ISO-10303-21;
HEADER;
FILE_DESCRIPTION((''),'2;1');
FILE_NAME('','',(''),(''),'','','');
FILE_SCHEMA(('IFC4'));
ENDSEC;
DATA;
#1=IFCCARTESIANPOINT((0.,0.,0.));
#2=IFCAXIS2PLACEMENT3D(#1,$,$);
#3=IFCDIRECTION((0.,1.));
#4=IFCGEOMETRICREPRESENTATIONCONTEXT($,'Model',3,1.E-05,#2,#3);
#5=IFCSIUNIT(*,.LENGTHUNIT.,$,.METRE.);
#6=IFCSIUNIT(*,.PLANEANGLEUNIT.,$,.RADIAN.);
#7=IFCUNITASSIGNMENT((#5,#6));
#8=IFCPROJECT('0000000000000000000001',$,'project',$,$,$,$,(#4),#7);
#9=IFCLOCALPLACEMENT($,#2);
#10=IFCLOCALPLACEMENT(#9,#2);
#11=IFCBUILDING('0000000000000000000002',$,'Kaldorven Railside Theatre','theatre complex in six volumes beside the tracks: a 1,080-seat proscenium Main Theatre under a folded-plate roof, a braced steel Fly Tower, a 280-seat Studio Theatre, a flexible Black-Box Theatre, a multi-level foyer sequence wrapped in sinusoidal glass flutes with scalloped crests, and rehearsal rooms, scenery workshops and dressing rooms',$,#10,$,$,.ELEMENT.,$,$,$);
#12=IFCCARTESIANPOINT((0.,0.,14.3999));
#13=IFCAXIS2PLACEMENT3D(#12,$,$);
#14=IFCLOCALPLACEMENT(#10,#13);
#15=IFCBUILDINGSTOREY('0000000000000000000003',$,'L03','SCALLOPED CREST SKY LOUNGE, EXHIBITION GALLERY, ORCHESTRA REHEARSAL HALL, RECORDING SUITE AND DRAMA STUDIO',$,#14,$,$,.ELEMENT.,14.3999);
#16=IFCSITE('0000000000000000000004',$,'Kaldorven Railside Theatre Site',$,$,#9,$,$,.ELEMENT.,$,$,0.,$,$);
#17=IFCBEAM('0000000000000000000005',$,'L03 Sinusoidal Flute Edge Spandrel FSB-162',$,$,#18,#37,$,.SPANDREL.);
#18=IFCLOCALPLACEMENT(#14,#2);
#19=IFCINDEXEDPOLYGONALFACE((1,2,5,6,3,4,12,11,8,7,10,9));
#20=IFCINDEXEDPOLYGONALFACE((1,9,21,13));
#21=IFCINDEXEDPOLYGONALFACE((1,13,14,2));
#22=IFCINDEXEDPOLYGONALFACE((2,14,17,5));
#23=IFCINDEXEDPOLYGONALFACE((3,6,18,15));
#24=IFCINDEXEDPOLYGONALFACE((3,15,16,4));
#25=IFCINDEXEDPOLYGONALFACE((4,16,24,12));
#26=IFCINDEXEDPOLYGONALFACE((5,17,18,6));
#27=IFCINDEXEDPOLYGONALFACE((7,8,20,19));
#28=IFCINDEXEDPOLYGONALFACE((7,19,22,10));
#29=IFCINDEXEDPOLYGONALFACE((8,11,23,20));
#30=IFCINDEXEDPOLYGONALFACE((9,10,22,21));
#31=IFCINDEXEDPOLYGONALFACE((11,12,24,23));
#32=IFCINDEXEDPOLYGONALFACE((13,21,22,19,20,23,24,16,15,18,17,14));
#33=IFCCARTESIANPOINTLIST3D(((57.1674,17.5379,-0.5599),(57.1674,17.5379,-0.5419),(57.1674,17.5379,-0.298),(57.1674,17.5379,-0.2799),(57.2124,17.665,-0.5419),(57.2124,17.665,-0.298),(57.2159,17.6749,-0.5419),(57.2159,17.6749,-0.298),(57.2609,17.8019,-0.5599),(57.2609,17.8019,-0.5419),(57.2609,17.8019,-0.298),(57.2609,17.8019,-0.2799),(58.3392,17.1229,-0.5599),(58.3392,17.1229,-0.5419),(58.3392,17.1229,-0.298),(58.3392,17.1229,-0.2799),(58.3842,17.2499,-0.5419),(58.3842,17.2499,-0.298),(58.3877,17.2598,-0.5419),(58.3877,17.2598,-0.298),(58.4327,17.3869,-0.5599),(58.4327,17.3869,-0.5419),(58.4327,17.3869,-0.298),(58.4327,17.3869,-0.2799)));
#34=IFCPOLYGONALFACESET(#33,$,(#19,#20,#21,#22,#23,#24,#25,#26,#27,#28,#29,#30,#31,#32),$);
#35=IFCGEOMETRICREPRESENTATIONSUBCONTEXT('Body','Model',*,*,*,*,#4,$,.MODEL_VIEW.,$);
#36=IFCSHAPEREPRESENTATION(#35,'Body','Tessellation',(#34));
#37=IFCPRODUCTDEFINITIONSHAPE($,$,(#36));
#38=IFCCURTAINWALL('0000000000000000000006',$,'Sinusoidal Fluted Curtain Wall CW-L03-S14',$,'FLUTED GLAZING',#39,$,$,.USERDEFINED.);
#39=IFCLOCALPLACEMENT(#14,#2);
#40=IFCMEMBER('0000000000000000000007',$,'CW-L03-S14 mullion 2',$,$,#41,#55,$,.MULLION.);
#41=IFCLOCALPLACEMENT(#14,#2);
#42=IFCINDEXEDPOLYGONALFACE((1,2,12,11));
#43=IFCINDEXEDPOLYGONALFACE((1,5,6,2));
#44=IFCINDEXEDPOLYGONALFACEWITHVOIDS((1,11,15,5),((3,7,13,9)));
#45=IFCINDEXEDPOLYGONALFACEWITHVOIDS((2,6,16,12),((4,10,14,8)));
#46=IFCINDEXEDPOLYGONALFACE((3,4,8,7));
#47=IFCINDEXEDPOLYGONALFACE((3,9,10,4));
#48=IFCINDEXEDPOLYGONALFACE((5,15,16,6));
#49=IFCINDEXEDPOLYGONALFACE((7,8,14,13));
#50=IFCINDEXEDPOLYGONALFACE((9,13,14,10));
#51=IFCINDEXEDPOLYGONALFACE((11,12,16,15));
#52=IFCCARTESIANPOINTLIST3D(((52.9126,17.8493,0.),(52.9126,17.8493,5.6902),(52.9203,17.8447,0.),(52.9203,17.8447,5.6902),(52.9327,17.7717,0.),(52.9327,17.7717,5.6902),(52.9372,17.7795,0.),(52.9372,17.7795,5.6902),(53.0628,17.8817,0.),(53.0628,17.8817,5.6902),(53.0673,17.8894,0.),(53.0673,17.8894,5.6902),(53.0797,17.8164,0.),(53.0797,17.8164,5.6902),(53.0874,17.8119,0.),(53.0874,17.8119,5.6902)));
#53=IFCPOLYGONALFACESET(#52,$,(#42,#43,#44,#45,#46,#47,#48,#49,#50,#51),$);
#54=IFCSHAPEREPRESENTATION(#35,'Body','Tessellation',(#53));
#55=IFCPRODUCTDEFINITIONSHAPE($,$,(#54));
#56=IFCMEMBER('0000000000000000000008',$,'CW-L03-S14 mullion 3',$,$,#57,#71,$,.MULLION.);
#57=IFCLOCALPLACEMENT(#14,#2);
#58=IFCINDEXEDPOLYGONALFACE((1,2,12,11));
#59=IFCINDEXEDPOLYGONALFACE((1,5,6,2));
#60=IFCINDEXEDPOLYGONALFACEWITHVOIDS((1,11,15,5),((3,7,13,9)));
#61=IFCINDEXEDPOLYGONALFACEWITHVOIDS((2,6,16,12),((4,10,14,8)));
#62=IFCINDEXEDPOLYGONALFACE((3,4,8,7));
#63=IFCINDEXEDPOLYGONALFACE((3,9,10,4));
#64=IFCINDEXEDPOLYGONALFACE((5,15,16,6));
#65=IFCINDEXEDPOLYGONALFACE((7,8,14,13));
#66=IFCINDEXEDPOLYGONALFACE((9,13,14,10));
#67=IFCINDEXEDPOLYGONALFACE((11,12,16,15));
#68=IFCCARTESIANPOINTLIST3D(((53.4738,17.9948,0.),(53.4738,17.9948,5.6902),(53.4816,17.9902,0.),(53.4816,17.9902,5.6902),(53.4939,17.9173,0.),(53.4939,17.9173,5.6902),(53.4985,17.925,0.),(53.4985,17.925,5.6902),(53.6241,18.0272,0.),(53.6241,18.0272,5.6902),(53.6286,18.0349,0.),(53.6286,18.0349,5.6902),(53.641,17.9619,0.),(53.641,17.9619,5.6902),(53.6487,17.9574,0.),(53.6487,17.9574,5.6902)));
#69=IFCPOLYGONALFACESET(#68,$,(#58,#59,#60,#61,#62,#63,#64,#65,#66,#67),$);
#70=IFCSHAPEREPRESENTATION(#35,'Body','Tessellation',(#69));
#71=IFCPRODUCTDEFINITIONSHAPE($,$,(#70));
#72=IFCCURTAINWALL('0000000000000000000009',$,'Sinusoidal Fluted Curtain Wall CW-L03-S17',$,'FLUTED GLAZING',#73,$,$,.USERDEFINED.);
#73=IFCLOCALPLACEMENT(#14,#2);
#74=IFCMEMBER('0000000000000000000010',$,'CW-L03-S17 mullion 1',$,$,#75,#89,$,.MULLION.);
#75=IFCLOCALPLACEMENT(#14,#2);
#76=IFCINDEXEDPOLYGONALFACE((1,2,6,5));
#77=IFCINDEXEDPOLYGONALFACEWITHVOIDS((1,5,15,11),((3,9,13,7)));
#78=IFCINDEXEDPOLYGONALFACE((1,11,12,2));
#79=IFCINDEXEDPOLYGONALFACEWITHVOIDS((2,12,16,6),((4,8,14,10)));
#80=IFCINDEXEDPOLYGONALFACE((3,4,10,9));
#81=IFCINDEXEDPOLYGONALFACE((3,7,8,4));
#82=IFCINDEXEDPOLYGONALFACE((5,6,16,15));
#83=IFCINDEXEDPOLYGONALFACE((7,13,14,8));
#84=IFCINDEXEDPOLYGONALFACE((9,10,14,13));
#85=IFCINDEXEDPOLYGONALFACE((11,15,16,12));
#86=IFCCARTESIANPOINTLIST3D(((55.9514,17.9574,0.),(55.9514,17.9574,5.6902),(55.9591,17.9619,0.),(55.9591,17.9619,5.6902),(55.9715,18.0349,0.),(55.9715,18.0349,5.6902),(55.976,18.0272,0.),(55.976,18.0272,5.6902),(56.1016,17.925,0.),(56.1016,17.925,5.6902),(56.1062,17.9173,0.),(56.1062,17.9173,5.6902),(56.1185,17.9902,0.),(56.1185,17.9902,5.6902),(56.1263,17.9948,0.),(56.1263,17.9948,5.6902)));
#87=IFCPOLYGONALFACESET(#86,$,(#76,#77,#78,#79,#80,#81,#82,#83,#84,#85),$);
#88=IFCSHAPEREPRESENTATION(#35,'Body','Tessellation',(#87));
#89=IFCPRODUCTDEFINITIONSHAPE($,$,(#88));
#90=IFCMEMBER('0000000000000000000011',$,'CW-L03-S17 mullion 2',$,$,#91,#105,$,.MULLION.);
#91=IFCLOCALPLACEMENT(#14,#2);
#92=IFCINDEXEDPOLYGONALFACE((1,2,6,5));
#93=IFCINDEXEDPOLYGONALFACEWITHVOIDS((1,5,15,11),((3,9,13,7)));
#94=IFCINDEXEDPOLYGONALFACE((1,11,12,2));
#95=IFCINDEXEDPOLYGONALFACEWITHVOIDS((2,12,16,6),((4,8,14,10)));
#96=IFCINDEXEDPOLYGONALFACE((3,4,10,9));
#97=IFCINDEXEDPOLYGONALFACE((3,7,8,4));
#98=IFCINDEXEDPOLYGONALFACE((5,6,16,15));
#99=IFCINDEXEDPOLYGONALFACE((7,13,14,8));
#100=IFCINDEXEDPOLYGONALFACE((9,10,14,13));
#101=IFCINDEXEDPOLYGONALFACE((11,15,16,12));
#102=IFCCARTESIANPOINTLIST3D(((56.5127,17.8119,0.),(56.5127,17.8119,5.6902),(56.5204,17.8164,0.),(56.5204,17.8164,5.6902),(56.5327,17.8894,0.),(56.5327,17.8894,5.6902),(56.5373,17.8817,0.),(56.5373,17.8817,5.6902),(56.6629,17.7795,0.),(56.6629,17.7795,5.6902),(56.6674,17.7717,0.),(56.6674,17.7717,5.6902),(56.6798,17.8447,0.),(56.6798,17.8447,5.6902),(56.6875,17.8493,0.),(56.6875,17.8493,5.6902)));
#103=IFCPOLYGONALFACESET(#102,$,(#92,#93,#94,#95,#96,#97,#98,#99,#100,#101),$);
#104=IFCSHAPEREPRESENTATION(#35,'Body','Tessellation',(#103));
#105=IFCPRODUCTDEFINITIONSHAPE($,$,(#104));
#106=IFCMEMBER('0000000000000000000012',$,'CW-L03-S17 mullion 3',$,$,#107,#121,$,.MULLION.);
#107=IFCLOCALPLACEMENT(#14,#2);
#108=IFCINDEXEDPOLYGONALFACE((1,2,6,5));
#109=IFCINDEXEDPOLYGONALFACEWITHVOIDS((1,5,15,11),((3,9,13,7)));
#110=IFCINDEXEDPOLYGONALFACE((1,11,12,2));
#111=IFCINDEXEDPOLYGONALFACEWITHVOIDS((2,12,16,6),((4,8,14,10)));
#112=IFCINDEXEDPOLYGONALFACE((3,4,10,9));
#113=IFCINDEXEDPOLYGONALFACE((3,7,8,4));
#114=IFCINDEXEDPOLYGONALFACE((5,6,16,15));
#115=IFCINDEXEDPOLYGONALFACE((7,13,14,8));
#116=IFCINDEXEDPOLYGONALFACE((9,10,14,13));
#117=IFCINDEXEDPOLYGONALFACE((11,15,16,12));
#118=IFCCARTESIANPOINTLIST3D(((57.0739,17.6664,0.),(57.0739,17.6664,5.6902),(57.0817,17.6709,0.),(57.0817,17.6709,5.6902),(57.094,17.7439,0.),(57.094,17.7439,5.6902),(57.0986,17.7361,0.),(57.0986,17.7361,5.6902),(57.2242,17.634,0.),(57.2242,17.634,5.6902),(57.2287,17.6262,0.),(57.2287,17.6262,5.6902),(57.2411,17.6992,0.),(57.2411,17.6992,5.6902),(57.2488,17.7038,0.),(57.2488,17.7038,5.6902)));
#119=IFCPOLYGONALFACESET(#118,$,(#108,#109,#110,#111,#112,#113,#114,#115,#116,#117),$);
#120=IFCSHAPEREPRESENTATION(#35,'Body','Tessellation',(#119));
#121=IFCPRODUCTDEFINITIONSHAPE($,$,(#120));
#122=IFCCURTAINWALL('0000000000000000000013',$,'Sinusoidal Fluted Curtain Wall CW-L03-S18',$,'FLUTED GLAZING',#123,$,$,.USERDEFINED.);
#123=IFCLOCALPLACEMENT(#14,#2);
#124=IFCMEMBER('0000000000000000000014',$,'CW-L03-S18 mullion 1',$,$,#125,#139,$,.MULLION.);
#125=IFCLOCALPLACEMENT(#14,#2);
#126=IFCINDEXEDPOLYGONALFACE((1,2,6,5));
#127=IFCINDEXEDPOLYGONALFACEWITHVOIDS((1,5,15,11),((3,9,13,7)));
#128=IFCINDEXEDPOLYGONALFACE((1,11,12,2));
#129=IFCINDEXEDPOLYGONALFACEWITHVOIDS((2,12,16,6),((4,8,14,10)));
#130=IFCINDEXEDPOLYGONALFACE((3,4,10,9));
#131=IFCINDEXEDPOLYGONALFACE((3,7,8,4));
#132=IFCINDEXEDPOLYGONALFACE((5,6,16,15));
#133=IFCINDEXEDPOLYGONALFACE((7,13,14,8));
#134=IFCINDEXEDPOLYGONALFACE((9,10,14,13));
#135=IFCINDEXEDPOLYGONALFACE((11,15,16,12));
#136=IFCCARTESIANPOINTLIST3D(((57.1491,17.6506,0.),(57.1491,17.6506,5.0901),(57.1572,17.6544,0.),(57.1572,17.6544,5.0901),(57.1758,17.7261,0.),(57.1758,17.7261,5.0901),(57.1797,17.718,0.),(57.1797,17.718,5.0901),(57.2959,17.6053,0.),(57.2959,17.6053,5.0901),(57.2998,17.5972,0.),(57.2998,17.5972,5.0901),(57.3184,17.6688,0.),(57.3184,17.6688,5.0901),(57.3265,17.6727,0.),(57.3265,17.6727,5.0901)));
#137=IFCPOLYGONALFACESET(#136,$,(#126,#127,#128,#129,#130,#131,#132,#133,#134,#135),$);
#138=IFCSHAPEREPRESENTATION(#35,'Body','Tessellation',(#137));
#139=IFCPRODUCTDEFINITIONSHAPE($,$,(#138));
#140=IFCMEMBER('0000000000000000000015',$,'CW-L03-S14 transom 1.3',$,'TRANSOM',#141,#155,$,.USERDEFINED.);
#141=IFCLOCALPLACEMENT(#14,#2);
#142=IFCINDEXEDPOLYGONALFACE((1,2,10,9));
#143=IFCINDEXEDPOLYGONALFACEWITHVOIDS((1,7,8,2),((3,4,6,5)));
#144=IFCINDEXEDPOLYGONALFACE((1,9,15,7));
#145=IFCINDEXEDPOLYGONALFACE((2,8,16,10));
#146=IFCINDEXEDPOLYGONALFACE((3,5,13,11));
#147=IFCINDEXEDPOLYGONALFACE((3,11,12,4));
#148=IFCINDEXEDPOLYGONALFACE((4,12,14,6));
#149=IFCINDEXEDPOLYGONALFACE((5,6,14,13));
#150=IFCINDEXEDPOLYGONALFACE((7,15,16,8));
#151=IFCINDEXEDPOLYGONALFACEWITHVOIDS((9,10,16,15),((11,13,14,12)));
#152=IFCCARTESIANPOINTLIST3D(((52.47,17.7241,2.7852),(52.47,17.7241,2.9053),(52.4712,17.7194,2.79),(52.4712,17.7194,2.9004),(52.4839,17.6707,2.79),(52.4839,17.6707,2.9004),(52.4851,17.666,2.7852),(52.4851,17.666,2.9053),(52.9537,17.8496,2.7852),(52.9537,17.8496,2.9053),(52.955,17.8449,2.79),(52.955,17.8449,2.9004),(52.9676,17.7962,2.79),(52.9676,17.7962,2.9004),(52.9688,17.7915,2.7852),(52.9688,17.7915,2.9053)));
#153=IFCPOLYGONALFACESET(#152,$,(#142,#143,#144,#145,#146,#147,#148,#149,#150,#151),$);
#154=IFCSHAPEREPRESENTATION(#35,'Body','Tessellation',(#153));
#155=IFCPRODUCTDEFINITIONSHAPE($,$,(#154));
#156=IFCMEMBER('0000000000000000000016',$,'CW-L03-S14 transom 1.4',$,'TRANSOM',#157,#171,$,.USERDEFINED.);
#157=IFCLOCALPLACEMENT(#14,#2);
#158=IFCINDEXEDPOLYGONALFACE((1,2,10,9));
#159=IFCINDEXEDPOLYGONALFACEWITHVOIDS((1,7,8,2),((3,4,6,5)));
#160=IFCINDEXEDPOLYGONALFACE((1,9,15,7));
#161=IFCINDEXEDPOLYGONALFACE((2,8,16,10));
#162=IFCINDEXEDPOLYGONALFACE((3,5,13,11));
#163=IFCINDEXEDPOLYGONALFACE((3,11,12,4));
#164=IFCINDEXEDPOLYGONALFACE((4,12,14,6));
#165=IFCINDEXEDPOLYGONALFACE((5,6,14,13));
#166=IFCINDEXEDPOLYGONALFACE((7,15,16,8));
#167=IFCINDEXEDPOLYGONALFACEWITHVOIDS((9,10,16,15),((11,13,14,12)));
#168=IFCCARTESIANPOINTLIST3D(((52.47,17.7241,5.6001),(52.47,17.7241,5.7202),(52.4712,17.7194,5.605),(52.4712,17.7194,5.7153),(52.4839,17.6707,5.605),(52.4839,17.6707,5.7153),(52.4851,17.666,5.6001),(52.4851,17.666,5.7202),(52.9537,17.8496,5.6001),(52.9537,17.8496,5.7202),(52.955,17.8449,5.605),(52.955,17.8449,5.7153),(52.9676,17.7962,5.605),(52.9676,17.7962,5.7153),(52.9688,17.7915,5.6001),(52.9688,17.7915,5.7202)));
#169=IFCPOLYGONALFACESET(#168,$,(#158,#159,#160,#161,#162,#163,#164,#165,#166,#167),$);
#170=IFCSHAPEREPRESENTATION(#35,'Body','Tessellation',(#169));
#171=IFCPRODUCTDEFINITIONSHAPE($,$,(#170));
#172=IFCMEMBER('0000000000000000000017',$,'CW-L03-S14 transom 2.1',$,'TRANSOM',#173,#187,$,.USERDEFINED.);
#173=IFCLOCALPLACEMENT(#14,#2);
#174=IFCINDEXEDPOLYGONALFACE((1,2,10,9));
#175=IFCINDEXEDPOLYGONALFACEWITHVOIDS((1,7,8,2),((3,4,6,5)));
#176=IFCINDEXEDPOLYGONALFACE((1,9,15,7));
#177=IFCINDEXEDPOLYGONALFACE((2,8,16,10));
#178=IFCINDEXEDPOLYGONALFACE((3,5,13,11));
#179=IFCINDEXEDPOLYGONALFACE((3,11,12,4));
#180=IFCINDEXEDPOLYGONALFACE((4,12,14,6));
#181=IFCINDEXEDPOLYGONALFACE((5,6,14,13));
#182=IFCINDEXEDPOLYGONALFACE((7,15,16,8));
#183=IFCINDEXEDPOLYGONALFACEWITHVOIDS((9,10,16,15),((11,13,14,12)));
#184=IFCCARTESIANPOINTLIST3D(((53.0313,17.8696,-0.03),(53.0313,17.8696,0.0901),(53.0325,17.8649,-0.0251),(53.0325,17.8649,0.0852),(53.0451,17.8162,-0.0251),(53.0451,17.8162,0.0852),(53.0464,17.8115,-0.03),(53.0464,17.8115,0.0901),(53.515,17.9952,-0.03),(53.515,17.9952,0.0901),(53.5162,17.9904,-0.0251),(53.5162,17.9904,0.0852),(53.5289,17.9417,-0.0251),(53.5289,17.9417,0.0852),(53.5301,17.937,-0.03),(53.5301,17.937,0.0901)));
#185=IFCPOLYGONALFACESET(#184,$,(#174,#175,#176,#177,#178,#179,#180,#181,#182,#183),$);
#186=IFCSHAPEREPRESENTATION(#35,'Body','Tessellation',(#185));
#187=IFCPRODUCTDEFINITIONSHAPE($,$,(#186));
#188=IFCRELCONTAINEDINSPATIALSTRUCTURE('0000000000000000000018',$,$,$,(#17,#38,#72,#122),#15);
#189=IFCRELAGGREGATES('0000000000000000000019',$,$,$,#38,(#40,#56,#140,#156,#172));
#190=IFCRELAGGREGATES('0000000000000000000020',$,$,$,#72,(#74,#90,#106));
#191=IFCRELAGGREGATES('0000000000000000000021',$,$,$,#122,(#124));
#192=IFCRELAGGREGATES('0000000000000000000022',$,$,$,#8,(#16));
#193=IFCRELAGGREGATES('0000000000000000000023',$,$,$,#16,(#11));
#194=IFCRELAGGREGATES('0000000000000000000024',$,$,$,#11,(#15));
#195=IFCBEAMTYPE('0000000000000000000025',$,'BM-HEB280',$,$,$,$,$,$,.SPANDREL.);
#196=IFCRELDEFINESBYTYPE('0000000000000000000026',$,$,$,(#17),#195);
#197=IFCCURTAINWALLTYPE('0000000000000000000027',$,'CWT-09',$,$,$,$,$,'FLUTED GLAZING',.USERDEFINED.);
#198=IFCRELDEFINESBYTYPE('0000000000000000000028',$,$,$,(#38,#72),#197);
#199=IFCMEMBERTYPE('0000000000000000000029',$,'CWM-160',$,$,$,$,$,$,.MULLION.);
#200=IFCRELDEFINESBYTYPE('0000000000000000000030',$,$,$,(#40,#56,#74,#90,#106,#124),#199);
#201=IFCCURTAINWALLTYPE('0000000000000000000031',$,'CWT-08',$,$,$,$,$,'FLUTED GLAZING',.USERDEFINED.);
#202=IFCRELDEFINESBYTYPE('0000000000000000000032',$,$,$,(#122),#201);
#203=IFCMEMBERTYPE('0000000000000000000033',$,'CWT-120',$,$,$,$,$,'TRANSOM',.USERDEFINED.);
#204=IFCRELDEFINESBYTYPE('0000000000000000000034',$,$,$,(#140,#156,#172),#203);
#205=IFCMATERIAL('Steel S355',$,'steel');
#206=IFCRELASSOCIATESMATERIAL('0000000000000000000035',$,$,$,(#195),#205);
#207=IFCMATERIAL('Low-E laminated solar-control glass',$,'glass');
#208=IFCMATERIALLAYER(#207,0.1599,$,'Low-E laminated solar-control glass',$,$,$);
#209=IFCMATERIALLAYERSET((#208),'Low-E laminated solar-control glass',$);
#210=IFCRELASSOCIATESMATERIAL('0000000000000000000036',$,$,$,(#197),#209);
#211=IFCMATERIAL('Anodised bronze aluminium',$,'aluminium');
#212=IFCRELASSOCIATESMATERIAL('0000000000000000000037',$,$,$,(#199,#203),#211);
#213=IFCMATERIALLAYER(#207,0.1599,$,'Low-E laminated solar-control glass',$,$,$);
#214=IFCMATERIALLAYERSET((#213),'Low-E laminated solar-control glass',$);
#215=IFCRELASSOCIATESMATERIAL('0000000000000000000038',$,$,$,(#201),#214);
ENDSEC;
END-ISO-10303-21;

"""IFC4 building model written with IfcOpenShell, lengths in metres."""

from ifc_helpers import new_model, si_unit, direction, frame, origin, origin_2d, place, context, subcontext, project, spatial, hollow_rectangle, i_section, extrude, material, layer, layer_set, material_profile, profile_set, type_object, element, aggregate, save


model = new_model("IFC4")

# Units and contexts
model_context = context("Model", 3, precision=1e-05, world=origin(), true_north=direction((0.0, 1.0)))
body_context = subcontext(model_context, "Body", "Model", "MODEL_VIEW")
ifc_project = project(units=[si_unit("LENGTHUNIT", "METRE"), si_unit("PLANEANGLEUNIT", "RADIAN")], contexts=[model_context])

# Site, building, storey
site_placement = place(None, origin())
site = spatial("IfcSite", under=ifc_project, at=site_placement, Name="Kaldorven Railside Theatre Site", CompositionType="ELEMENT", RefElevation=0.0)
building_placement = place(site_placement, origin())
building = spatial("IfcBuilding", under=site, at=building_placement, Name="Kaldorven Railside Theatre", Description="theatre complex in six volumes beside the tracks: a 1,080-seat proscenium Main Theatre under a folded-plate roof, a braced steel Fly Tower, a 280-seat Studio Theatre, a flexible Black-Box Theatre, a multi-level foyer sequence wrapped in sinusoidal glass flutes with scalloped crests, and rehearsal rooms, scenery workshops and dressing rooms", CompositionType="ELEMENT")
storey_placement = place(building_placement, frame((0.0, 0.0, 14.3999)))
storey = spatial("IfcBuildingStorey", under=building, at=storey_placement, Name="L03", Description="SCALLOPED CREST SKY LOUNGE, EXHIBITION GALLERY, ORCHESTRA REHEARSAL HALL, RECORDING SUITE AND DRAMA STUDIO", CompositionType="ELEMENT", Elevation=14.3999)

# Beam
ifc_material_1 = material(Name="Steel S355", Category="steel")
ifc_material_profile_1 = material_profile(ifc_material_1, i_section(OverallWidth=0.28, OverallDepth=0.28, WebThickness=0.0105, FlangeThickness=0.0181, at=origin_2d()), Name="HEB 280")
ifc_profile_set_1 = profile_set([ifc_material_profile_1], Name="Steel S355")
beam_type = type_object("IfcBeamType", Name="BM-HEB280", PredefinedType="SPANDREL", material=ifc_profile_set_1)
beam_placement = place(storey_placement, frame((57.2141, 17.6699, -0.4199), z_axis=(0.942627, -0.333847, 0.0), x_axis=(0.333847, 0.942627, 0.0)))
element("IfcBeam", 1, at=beam_placement, inside=storey, type_object=beam_type, Name="L03 Sinusoidal Flute Edge Spandrel FSB-162", PredefinedType="SPANDREL", context=body_context, shape_type="SweptSolid", body=[
    extrude(i_section(OverallWidth=0.28, OverallDepth=0.28, WebThickness=0.0105, FlangeThickness=0.0181, at=origin_2d()), origin(), (0.0, 0.0, 1.0), 1.2432),
])

# Curtain walls, members
ifc_material_2 = material(Name="Low-E laminated solar-control glass", Category="glass")
ifc_layer_1 = layer(ifc_material_2, 0.1599, Name="Low-E laminated solar-control glass")
ifc_layer_set_1 = layer_set([ifc_layer_1], Name="Low-E laminated solar-control glass")
curtain_wall_type_1 = type_object("IfcCurtainWallType", Name="CWT-09", ElementType="FLUTED GLAZING", PredefinedType="USERDEFINED", material=ifc_layer_set_1)
curtain_wall_1_placement = place(storey_placement, origin())
curtain_wall_1 = element("IfcCurtainWall", 2, at=curtain_wall_1_placement, inside=storey, type_object=curtain_wall_type_1, Name="Sinusoidal Fluted Curtain Wall CW-L03-S14", ObjectType="FLUTED GLAZING", PredefinedType="USERDEFINED")
ifc_material_3 = material(Name="Anodised bronze aluminium", Category="aluminium")
ifc_material_profile_2 = material_profile(ifc_material_3, hollow_rectangle(XDim=0.0801, YDim=0.1599, WallThickness=0.0063, at=origin_2d()), Name="RHS 160x80x6.3")
ifc_profile_set_2 = profile_set([ifc_material_profile_2], Name="Anodised bronze aluminium")
member_type_1 = type_object("IfcMemberType", Name="CWM-160", PredefinedType="MULLION", material=ifc_profile_set_2)
member_1_placement = place(storey_placement, frame((53.0, 17.8306, 0.0), z_axis=(0.0, 0.0, 1.0), x_axis=(-0.250954, 0.967999, 0.0)))
member_1 = element("IfcMember", 3, at=member_1_placement, type_object=member_type_1, Name="CW-L03-S14 mullion 2", PredefinedType="MULLION", context=body_context, shape_type="SweptSolid", body=[
    extrude(hollow_rectangle(XDim=0.0801, YDim=0.1599, WallThickness=0.0063, at=origin_2d()), origin(), (0.0, 0.0, 1.0), 5.6902),
])
member_2_placement = place(storey_placement, frame((53.5613, 17.9761, 0.0), z_axis=(0.0, 0.0, 1.0), x_axis=(-0.250954, 0.967999, 0.0)))
member_2 = element("IfcMember", 4, at=member_2_placement, type_object=member_type_1, Name="CW-L03-S14 mullion 3", PredefinedType="MULLION", context=body_context, shape_type="SweptSolid", body=[
    extrude(hollow_rectangle(XDim=0.0801, YDim=0.1599, WallThickness=0.0063, at=origin_2d()), origin(), (0.0, 0.0, 1.0), 5.6902),
])
curtain_wall_2_placement = place(storey_placement, origin())
curtain_wall_2 = element("IfcCurtainWall", 5, at=curtain_wall_2_placement, inside=storey, type_object=curtain_wall_type_1, Name="Sinusoidal Fluted Curtain Wall CW-L03-S17", ObjectType="FLUTED GLAZING", PredefinedType="USERDEFINED")
member_3_placement = place(storey_placement, frame((56.0388, 17.9761, 0.0), z_axis=(0.0, 0.0, 1.0), x_axis=(0.250954, 0.967999, 0.0)))
member_3 = element("IfcMember", 6, at=member_3_placement, type_object=member_type_1, Name="CW-L03-S17 mullion 1", PredefinedType="MULLION", context=body_context, shape_type="SweptSolid", body=[
    extrude(hollow_rectangle(XDim=0.0801, YDim=0.1599, WallThickness=0.0063, at=origin_2d()), origin(), (0.0, 0.0, 1.0), 5.6902),
])
member_4_placement = place(storey_placement, frame((56.6001, 17.8306, 0.0), z_axis=(0.0, 0.0, 1.0), x_axis=(0.250954, 0.967999, 0.0)))
member_4 = element("IfcMember", 7, at=member_4_placement, type_object=member_type_1, Name="CW-L03-S17 mullion 2", PredefinedType="MULLION", context=body_context, shape_type="SweptSolid", body=[
    extrude(hollow_rectangle(XDim=0.0801, YDim=0.1599, WallThickness=0.0063, at=origin_2d()), origin(), (0.0, 0.0, 1.0), 5.6902),
])
member_5_placement = place(storey_placement, frame((57.1614, 17.6851, 0.0), z_axis=(0.0, 0.0, 1.0), x_axis=(0.250954, 0.967999, 0.0)))
member_5 = element("IfcMember", 8, at=member_5_placement, type_object=member_type_1, Name="CW-L03-S17 mullion 3", PredefinedType="MULLION", context=body_context, shape_type="SweptSolid", body=[
    extrude(hollow_rectangle(XDim=0.0801, YDim=0.1599, WallThickness=0.0063, at=origin_2d()), origin(), (0.0, 0.0, 1.0), 5.6902),
])

# Curtain wall, member
ifc_layer_2 = layer(ifc_material_2, 0.1599, Name="Low-E laminated solar-control glass")
ifc_layer_set_2 = layer_set([ifc_layer_2], Name="Low-E laminated solar-control glass")
curtain_wall_type_2 = type_object("IfcCurtainWallType", Name="CWT-08", ElementType="FLUTED GLAZING", PredefinedType="USERDEFINED", material=ifc_layer_set_2)
curtain_wall_3_placement = place(storey_placement, origin())
curtain_wall_3 = element("IfcCurtainWall", 9, at=curtain_wall_3_placement, inside=storey, type_object=curtain_wall_type_2, Name="Sinusoidal Fluted Curtain Wall CW-L03-S18", ObjectType="FLUTED GLAZING", PredefinedType="USERDEFINED")
member_6_placement = place(storey_placement, frame((57.2378, 17.6616, 0.0), z_axis=(0.0, 0.0, 1.0), x_axis=(0.333847, 0.942627, 0.0)))
member_6 = element("IfcMember", 10, at=member_6_placement, type_object=member_type_1, Name="CW-L03-S18 mullion 1", PredefinedType="MULLION", context=body_context, shape_type="SweptSolid", body=[
    extrude(hollow_rectangle(XDim=0.0801, YDim=0.1599, WallThickness=0.0063, at=origin_2d()), origin(), (0.0, 0.0, 1.0), 5.0901),
])

# Members
ifc_material_profile_3 = material_profile(ifc_material_3, hollow_rectangle(XDim=0.0601, YDim=0.1201, WallThickness=0.0049, at=origin_2d()), Name="RHS 120x60x5")
ifc_profile_set_3 = profile_set([ifc_material_profile_3], Name="Anodised bronze aluminium")
member_type_2 = type_object("IfcMemberType", Name="CWT-120", ElementType="TRANSOM", PredefinedType="USERDEFINED", material=ifc_profile_set_3)
member_7_placement = place(storey_placement, frame((52.4775, 17.6951, 2.8452), z_axis=(0.967949, 0.251149, 0.0), x_axis=(-0.251149, 0.967949, 0.0)))
member_7 = element("IfcMember", 11, at=member_7_placement, type_object=member_type_2, Name="CW-L03-S14 transom 1.3", ObjectType="TRANSOM", PredefinedType="USERDEFINED", context=body_context, shape_type="SweptSolid", body=[
    extrude(hollow_rectangle(XDim=0.0601, YDim=0.1201, WallThickness=0.0049, at=origin_2d()), origin(), (0.0, 0.0, 1.0), 0.4998),
])
member_8_placement = place(storey_placement, frame((52.4775, 17.6951, 5.6602), z_axis=(0.967949, 0.251149, 0.0), x_axis=(-0.251149, 0.967949, 0.0)))
member_8 = element("IfcMember", 12, at=member_8_placement, type_object=member_type_2, Name="CW-L03-S14 transom 1.4", ObjectType="TRANSOM", PredefinedType="USERDEFINED", context=body_context, shape_type="SweptSolid", body=[
    extrude(hollow_rectangle(XDim=0.0601, YDim=0.1201, WallThickness=0.0049, at=origin_2d()), origin(), (0.0, 0.0, 1.0), 0.4998),
])
member_9_placement = place(storey_placement, frame((53.0388, 17.8406, 0.03), z_axis=(0.967949, 0.251149, 0.0), x_axis=(-0.251149, 0.967949, 0.0)))
member_9 = element("IfcMember", 13, at=member_9_placement, type_object=member_type_2, Name="CW-L03-S14 transom 2.1", ObjectType="TRANSOM", PredefinedType="USERDEFINED", context=body_context, shape_type="SweptSolid", body=[
    extrude(hollow_rectangle(XDim=0.0601, YDim=0.1201, WallThickness=0.0049, at=origin_2d()), origin(), (0.0, 0.0, 1.0), 0.4998),
])

aggregate(curtain_wall_1, [member_1, member_2, member_7, member_8, member_9])
aggregate(curtain_wall_2, [member_3, member_4, member_5])
aggregate(curtain_wall_3, [member_6])

save(model, "model.ifc")
